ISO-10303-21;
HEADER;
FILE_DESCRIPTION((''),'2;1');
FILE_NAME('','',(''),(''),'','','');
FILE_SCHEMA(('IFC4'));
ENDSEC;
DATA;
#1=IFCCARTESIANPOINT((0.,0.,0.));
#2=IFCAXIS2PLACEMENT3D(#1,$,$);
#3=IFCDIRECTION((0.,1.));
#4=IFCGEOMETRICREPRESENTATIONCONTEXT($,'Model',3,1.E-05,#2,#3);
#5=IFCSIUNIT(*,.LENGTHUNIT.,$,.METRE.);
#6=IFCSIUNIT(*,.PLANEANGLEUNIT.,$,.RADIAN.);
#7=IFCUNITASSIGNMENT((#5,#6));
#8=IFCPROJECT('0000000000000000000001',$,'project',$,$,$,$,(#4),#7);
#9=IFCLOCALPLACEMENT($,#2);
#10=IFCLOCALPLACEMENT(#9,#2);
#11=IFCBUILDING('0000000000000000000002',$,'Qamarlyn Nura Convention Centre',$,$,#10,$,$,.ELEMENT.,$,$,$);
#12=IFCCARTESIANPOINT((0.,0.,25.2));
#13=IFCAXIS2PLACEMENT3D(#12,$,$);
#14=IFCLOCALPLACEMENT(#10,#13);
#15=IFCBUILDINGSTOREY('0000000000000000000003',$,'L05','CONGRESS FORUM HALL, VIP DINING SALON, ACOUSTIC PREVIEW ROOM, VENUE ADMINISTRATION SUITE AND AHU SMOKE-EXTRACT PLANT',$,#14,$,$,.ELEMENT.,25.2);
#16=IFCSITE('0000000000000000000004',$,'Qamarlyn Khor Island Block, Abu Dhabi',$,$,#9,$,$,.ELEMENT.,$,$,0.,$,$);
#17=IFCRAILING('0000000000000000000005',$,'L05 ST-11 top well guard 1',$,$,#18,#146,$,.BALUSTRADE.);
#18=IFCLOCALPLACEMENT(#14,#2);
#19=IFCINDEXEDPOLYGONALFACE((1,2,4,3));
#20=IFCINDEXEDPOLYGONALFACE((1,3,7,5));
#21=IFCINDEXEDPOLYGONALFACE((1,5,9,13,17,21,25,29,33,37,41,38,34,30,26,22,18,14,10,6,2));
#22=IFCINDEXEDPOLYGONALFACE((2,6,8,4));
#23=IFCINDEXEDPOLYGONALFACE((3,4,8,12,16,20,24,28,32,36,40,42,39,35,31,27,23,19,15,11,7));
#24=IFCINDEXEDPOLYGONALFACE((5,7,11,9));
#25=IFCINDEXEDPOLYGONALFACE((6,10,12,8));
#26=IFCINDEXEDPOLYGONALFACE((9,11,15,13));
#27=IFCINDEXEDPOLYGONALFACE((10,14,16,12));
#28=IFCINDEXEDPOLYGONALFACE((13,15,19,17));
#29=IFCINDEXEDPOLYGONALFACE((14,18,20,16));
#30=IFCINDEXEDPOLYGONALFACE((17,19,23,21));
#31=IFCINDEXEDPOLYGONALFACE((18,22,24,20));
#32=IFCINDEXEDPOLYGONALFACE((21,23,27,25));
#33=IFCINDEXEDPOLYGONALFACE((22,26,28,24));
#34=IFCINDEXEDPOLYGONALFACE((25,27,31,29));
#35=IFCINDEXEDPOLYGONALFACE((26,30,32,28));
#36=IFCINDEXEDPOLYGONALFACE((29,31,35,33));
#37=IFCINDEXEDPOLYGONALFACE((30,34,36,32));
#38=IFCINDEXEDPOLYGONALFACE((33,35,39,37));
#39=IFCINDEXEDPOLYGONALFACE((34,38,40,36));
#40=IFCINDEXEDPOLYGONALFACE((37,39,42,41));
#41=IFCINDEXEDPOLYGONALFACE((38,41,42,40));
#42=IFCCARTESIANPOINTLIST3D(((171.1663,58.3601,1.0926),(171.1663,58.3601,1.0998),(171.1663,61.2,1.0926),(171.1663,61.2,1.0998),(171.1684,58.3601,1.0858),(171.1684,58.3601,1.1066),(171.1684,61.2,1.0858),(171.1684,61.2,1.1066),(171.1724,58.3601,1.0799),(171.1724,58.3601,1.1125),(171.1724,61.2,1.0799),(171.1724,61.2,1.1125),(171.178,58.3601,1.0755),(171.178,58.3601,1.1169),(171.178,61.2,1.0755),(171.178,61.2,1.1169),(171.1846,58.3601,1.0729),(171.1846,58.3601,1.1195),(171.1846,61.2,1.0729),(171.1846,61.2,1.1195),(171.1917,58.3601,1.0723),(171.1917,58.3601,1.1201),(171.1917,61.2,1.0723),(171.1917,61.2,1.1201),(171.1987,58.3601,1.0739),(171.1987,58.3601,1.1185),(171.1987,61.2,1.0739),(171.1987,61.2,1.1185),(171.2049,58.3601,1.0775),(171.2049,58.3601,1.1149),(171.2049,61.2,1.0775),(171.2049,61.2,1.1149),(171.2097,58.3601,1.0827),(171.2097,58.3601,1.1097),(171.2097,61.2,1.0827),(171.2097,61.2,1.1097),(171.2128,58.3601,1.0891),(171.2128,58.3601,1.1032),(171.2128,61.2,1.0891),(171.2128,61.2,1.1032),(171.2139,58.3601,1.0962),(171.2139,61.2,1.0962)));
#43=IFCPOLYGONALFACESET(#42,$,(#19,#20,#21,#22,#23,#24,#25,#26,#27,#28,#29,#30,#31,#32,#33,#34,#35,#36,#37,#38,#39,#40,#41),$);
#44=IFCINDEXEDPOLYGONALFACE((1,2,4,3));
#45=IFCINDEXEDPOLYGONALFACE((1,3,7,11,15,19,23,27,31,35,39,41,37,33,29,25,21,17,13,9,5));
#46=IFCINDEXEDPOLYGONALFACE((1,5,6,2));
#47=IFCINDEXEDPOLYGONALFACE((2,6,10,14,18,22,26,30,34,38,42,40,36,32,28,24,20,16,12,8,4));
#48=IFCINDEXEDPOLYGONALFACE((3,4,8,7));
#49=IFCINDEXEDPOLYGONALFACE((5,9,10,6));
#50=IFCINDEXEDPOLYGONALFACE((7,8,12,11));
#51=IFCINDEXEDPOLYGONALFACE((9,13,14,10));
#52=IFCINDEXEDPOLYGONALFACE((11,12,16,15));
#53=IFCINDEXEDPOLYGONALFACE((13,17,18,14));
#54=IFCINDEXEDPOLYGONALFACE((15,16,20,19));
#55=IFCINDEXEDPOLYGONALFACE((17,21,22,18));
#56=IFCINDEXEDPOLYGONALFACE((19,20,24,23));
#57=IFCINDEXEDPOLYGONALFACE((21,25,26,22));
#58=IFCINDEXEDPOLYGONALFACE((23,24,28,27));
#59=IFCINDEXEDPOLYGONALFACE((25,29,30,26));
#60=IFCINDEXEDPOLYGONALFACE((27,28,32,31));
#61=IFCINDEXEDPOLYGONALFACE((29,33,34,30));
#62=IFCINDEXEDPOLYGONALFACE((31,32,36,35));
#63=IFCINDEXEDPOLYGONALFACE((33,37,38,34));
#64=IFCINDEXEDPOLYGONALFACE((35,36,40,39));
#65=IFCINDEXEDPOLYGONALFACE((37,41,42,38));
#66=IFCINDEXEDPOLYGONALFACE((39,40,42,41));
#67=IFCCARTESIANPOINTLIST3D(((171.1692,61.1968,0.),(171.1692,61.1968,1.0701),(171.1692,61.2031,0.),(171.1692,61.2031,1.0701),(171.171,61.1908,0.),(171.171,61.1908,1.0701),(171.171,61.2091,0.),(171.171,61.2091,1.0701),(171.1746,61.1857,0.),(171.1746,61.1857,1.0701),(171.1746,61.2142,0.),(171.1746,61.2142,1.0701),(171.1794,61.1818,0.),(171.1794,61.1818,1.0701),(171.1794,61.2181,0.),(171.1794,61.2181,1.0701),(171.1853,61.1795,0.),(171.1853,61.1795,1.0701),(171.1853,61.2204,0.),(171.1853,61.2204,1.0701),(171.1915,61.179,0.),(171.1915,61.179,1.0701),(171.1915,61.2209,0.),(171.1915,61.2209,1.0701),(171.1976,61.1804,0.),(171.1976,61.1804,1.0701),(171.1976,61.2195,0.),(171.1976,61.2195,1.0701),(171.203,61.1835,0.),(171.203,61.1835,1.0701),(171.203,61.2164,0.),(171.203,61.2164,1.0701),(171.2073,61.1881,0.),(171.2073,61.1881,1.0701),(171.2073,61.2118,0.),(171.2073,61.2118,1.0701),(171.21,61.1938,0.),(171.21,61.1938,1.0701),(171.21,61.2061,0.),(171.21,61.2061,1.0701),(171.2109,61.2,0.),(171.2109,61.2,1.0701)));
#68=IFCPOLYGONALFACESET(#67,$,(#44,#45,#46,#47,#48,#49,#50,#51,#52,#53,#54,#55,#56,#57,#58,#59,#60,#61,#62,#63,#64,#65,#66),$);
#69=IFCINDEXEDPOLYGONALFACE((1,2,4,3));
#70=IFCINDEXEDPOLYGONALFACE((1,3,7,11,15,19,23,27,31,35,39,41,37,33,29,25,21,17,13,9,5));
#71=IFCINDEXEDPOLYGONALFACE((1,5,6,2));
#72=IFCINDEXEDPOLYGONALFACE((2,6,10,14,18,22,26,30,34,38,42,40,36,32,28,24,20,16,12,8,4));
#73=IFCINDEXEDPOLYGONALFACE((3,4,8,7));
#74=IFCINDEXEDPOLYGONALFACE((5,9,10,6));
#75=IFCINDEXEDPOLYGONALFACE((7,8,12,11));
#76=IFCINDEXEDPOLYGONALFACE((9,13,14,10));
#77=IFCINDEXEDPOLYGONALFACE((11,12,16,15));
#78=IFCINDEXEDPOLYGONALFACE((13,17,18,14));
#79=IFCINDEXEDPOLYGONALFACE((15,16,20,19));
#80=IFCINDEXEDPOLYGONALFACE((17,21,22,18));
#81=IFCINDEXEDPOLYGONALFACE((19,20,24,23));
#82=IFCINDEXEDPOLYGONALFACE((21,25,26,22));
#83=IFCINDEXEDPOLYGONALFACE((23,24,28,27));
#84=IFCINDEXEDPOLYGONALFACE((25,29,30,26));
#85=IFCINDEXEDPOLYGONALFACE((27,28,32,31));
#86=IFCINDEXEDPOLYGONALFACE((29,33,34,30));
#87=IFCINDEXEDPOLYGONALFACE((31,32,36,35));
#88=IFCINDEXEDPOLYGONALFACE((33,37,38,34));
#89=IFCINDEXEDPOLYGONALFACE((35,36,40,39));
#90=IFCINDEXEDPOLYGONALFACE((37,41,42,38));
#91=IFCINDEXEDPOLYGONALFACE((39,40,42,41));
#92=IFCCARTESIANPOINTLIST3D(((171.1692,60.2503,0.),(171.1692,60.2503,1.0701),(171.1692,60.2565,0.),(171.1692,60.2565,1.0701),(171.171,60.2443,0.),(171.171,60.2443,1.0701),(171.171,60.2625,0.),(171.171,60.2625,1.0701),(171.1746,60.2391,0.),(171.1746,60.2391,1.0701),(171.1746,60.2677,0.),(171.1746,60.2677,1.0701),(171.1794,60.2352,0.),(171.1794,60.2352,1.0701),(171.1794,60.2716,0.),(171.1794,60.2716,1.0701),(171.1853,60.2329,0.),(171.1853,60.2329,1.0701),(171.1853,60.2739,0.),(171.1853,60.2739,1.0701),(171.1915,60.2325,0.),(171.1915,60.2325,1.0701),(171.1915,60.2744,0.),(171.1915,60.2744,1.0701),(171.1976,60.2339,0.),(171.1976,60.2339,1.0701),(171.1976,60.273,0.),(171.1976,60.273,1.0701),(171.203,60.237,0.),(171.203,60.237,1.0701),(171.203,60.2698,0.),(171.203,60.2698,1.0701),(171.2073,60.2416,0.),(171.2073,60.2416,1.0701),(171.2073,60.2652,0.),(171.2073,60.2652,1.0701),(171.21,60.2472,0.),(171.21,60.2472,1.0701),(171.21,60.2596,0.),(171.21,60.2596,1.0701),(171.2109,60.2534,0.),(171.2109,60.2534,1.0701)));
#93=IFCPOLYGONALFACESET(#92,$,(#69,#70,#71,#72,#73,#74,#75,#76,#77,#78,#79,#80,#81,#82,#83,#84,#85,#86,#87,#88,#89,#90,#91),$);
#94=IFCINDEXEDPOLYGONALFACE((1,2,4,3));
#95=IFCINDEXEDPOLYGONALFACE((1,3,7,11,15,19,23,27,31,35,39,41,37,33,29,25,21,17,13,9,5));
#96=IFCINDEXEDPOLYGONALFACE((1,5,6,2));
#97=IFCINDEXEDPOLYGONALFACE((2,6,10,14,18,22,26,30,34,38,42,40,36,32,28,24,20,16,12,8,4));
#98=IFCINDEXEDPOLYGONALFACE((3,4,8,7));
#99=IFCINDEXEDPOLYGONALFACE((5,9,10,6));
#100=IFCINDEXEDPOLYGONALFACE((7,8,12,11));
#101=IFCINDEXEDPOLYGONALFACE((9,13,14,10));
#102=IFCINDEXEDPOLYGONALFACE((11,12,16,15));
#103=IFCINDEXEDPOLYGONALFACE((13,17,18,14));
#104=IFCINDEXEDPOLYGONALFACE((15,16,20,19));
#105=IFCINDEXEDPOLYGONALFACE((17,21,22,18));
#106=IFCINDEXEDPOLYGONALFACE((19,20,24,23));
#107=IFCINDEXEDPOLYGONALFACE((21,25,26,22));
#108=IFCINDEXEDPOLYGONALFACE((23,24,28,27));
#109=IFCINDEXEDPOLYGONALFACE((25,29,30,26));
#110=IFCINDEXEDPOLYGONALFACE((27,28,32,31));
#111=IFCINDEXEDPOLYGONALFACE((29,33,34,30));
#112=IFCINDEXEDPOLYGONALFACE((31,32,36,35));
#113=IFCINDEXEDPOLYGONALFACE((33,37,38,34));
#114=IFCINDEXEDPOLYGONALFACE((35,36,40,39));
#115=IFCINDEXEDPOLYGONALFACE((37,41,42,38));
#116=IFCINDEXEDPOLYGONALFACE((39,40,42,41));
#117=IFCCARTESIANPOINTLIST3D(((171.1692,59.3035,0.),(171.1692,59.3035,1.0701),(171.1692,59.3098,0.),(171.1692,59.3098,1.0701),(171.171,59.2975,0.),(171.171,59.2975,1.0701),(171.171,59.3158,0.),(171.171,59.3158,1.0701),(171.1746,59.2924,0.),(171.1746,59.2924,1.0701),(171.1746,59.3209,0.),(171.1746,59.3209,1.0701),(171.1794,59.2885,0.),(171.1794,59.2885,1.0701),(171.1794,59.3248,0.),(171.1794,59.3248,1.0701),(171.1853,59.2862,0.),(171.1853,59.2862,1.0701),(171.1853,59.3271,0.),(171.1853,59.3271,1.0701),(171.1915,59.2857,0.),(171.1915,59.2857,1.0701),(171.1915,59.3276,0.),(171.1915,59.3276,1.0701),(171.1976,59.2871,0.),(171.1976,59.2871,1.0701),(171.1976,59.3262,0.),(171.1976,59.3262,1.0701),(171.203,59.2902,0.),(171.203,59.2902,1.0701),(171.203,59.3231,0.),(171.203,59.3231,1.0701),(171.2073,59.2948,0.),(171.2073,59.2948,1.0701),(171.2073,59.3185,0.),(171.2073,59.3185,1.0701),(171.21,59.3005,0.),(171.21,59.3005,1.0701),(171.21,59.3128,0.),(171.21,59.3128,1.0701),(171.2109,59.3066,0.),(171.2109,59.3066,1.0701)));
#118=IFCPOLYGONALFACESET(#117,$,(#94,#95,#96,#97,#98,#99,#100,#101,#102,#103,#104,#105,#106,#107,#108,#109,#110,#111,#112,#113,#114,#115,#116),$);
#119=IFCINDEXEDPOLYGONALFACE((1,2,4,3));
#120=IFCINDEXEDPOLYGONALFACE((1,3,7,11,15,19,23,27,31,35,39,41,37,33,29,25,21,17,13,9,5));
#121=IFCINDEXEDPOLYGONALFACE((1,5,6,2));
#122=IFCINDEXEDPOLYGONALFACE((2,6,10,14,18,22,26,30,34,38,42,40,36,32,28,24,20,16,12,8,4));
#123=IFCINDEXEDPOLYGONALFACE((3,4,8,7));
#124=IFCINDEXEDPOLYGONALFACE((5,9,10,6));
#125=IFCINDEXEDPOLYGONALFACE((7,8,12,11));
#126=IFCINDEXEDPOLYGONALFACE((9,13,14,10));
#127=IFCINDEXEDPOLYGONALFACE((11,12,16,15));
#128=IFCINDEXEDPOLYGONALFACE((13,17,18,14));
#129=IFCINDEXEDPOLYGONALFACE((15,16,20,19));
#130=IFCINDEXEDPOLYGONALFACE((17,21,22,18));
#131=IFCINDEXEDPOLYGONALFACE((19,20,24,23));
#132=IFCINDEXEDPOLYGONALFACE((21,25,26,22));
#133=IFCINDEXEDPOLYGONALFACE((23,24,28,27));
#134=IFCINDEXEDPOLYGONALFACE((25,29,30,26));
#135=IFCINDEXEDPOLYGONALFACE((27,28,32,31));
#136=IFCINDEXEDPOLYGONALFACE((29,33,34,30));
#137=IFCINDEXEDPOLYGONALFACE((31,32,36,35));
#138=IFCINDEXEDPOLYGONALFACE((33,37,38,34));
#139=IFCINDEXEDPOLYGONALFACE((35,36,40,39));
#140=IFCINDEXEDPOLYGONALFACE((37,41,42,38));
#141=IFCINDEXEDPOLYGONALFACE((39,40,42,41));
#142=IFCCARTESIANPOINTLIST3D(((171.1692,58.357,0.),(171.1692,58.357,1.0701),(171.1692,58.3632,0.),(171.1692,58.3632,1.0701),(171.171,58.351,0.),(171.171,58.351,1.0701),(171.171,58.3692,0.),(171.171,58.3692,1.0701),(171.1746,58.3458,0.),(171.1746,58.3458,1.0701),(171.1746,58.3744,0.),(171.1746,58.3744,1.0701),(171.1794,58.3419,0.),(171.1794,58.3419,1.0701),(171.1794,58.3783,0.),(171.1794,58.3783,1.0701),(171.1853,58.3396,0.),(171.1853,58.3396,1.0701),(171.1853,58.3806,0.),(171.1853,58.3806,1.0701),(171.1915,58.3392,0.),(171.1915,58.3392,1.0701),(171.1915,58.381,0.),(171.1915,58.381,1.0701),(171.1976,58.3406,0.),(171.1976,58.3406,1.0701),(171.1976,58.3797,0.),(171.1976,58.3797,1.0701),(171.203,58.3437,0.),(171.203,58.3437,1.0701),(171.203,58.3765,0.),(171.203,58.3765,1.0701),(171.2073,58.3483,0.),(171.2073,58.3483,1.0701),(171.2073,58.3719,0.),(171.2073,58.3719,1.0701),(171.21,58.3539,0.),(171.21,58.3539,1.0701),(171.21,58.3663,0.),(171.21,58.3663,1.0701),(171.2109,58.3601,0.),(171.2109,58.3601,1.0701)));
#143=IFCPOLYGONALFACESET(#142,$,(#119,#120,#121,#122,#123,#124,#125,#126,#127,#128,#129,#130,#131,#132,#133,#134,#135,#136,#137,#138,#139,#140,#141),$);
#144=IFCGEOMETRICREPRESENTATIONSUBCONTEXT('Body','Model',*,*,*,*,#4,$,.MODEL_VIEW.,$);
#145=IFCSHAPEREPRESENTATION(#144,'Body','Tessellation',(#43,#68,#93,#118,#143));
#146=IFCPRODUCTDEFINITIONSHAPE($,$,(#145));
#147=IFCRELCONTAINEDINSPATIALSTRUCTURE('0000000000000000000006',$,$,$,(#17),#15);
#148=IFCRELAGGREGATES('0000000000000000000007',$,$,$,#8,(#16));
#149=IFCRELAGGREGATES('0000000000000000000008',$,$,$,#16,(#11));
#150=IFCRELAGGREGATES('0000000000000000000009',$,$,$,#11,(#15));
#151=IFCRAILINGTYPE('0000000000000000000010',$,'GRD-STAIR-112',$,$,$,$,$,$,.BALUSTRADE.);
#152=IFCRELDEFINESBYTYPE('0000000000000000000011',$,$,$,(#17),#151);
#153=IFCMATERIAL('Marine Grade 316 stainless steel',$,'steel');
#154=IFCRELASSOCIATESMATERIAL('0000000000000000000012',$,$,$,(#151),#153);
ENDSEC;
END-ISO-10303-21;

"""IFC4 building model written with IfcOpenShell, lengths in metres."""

from ifc_helpers import new_model, si_unit, direction, frame, origin, origin_2d, place, context, subcontext, project, spatial, circle, extrude, material, type_object, element, save


model = new_model("IFC4")

# Units and contexts
model_context = context("Model", 3, precision=1e-05, world=origin(), true_north=direction((0.0, 1.0)))
body_context = subcontext(model_context, "Body", "Model", "MODEL_VIEW")
ifc_project = project(units=[si_unit("LENGTHUNIT", "METRE"), si_unit("PLANEANGLEUNIT", "RADIAN")], contexts=[model_context])

# Site, building, storey
site_placement = place(None, origin())
site = spatial("IfcSite", under=ifc_project, at=site_placement, Name="Qamarlyn Khor Island Block, Abu Dhabi", CompositionType="ELEMENT", RefElevation=0.0)
building_placement = place(site_placement, origin())
building = spatial("IfcBuilding", under=site, at=building_placement, Name="Qamarlyn Nura Convention Centre", CompositionType="ELEMENT")
storey_placement = place(building_placement, frame((0.0, 0.0, 25.2)))
storey = spatial("IfcBuildingStorey", under=building, at=storey_placement, Name="L05", Description="CONGRESS FORUM HALL, VIP DINING SALON, ACOUSTIC PREVIEW ROOM, VENUE ADMINISTRATION SUITE AND AHU SMOKE-EXTRACT PLANT", CompositionType="ELEMENT", Elevation=25.2)

# Shared definitions
ifc_material_1 = material(Name="Marine Grade 316 stainless steel", Category="steel")

# Railing
railing_type = type_object("IfcRailingType", Name="GRD-STAIR-112", PredefinedType="BALUSTRADE", material=ifc_material_1)
railing_1_placement = place(storey_placement, frame((171.1899, 61.2, 0.0)))
element("IfcRailing", 1, at=railing_1_placement, inside=storey, type_object=railing_type, Name="L05 ST-11 top well guard 1", PredefinedType="BALUSTRADE", context=body_context, shape_type="SweptSolid", body=[
    extrude(circle(Radius=0.0239, at=origin_2d()), frame((0.0, 0.0, 1.0962), z_axis=(0.0, -1.0, 0.0), x_axis=(1.0, 0.0, 0.0)), (0.0, 0.0, 1.0), 2.8398),
    extrude(circle(Radius=0.021, at=origin_2d()), origin(), (0.0, 0.0, 1.0), 1.0701),
    extrude(circle(Radius=0.021, at=origin_2d()), frame((0.0, -0.9465, 0.0)), (0.0, 0.0, 1.0), 1.0701),
    extrude(circle(Radius=0.021, at=origin_2d()), frame((0.0, -1.8933, 0.0)), (0.0, 0.0, 1.0), 1.0701),
    extrude(circle(Radius=0.021, at=origin_2d()), frame((0.0, -2.8398, 0.0)), (0.0, 0.0, 1.0), 1.0701),
])

save(model, "model.ifc")
